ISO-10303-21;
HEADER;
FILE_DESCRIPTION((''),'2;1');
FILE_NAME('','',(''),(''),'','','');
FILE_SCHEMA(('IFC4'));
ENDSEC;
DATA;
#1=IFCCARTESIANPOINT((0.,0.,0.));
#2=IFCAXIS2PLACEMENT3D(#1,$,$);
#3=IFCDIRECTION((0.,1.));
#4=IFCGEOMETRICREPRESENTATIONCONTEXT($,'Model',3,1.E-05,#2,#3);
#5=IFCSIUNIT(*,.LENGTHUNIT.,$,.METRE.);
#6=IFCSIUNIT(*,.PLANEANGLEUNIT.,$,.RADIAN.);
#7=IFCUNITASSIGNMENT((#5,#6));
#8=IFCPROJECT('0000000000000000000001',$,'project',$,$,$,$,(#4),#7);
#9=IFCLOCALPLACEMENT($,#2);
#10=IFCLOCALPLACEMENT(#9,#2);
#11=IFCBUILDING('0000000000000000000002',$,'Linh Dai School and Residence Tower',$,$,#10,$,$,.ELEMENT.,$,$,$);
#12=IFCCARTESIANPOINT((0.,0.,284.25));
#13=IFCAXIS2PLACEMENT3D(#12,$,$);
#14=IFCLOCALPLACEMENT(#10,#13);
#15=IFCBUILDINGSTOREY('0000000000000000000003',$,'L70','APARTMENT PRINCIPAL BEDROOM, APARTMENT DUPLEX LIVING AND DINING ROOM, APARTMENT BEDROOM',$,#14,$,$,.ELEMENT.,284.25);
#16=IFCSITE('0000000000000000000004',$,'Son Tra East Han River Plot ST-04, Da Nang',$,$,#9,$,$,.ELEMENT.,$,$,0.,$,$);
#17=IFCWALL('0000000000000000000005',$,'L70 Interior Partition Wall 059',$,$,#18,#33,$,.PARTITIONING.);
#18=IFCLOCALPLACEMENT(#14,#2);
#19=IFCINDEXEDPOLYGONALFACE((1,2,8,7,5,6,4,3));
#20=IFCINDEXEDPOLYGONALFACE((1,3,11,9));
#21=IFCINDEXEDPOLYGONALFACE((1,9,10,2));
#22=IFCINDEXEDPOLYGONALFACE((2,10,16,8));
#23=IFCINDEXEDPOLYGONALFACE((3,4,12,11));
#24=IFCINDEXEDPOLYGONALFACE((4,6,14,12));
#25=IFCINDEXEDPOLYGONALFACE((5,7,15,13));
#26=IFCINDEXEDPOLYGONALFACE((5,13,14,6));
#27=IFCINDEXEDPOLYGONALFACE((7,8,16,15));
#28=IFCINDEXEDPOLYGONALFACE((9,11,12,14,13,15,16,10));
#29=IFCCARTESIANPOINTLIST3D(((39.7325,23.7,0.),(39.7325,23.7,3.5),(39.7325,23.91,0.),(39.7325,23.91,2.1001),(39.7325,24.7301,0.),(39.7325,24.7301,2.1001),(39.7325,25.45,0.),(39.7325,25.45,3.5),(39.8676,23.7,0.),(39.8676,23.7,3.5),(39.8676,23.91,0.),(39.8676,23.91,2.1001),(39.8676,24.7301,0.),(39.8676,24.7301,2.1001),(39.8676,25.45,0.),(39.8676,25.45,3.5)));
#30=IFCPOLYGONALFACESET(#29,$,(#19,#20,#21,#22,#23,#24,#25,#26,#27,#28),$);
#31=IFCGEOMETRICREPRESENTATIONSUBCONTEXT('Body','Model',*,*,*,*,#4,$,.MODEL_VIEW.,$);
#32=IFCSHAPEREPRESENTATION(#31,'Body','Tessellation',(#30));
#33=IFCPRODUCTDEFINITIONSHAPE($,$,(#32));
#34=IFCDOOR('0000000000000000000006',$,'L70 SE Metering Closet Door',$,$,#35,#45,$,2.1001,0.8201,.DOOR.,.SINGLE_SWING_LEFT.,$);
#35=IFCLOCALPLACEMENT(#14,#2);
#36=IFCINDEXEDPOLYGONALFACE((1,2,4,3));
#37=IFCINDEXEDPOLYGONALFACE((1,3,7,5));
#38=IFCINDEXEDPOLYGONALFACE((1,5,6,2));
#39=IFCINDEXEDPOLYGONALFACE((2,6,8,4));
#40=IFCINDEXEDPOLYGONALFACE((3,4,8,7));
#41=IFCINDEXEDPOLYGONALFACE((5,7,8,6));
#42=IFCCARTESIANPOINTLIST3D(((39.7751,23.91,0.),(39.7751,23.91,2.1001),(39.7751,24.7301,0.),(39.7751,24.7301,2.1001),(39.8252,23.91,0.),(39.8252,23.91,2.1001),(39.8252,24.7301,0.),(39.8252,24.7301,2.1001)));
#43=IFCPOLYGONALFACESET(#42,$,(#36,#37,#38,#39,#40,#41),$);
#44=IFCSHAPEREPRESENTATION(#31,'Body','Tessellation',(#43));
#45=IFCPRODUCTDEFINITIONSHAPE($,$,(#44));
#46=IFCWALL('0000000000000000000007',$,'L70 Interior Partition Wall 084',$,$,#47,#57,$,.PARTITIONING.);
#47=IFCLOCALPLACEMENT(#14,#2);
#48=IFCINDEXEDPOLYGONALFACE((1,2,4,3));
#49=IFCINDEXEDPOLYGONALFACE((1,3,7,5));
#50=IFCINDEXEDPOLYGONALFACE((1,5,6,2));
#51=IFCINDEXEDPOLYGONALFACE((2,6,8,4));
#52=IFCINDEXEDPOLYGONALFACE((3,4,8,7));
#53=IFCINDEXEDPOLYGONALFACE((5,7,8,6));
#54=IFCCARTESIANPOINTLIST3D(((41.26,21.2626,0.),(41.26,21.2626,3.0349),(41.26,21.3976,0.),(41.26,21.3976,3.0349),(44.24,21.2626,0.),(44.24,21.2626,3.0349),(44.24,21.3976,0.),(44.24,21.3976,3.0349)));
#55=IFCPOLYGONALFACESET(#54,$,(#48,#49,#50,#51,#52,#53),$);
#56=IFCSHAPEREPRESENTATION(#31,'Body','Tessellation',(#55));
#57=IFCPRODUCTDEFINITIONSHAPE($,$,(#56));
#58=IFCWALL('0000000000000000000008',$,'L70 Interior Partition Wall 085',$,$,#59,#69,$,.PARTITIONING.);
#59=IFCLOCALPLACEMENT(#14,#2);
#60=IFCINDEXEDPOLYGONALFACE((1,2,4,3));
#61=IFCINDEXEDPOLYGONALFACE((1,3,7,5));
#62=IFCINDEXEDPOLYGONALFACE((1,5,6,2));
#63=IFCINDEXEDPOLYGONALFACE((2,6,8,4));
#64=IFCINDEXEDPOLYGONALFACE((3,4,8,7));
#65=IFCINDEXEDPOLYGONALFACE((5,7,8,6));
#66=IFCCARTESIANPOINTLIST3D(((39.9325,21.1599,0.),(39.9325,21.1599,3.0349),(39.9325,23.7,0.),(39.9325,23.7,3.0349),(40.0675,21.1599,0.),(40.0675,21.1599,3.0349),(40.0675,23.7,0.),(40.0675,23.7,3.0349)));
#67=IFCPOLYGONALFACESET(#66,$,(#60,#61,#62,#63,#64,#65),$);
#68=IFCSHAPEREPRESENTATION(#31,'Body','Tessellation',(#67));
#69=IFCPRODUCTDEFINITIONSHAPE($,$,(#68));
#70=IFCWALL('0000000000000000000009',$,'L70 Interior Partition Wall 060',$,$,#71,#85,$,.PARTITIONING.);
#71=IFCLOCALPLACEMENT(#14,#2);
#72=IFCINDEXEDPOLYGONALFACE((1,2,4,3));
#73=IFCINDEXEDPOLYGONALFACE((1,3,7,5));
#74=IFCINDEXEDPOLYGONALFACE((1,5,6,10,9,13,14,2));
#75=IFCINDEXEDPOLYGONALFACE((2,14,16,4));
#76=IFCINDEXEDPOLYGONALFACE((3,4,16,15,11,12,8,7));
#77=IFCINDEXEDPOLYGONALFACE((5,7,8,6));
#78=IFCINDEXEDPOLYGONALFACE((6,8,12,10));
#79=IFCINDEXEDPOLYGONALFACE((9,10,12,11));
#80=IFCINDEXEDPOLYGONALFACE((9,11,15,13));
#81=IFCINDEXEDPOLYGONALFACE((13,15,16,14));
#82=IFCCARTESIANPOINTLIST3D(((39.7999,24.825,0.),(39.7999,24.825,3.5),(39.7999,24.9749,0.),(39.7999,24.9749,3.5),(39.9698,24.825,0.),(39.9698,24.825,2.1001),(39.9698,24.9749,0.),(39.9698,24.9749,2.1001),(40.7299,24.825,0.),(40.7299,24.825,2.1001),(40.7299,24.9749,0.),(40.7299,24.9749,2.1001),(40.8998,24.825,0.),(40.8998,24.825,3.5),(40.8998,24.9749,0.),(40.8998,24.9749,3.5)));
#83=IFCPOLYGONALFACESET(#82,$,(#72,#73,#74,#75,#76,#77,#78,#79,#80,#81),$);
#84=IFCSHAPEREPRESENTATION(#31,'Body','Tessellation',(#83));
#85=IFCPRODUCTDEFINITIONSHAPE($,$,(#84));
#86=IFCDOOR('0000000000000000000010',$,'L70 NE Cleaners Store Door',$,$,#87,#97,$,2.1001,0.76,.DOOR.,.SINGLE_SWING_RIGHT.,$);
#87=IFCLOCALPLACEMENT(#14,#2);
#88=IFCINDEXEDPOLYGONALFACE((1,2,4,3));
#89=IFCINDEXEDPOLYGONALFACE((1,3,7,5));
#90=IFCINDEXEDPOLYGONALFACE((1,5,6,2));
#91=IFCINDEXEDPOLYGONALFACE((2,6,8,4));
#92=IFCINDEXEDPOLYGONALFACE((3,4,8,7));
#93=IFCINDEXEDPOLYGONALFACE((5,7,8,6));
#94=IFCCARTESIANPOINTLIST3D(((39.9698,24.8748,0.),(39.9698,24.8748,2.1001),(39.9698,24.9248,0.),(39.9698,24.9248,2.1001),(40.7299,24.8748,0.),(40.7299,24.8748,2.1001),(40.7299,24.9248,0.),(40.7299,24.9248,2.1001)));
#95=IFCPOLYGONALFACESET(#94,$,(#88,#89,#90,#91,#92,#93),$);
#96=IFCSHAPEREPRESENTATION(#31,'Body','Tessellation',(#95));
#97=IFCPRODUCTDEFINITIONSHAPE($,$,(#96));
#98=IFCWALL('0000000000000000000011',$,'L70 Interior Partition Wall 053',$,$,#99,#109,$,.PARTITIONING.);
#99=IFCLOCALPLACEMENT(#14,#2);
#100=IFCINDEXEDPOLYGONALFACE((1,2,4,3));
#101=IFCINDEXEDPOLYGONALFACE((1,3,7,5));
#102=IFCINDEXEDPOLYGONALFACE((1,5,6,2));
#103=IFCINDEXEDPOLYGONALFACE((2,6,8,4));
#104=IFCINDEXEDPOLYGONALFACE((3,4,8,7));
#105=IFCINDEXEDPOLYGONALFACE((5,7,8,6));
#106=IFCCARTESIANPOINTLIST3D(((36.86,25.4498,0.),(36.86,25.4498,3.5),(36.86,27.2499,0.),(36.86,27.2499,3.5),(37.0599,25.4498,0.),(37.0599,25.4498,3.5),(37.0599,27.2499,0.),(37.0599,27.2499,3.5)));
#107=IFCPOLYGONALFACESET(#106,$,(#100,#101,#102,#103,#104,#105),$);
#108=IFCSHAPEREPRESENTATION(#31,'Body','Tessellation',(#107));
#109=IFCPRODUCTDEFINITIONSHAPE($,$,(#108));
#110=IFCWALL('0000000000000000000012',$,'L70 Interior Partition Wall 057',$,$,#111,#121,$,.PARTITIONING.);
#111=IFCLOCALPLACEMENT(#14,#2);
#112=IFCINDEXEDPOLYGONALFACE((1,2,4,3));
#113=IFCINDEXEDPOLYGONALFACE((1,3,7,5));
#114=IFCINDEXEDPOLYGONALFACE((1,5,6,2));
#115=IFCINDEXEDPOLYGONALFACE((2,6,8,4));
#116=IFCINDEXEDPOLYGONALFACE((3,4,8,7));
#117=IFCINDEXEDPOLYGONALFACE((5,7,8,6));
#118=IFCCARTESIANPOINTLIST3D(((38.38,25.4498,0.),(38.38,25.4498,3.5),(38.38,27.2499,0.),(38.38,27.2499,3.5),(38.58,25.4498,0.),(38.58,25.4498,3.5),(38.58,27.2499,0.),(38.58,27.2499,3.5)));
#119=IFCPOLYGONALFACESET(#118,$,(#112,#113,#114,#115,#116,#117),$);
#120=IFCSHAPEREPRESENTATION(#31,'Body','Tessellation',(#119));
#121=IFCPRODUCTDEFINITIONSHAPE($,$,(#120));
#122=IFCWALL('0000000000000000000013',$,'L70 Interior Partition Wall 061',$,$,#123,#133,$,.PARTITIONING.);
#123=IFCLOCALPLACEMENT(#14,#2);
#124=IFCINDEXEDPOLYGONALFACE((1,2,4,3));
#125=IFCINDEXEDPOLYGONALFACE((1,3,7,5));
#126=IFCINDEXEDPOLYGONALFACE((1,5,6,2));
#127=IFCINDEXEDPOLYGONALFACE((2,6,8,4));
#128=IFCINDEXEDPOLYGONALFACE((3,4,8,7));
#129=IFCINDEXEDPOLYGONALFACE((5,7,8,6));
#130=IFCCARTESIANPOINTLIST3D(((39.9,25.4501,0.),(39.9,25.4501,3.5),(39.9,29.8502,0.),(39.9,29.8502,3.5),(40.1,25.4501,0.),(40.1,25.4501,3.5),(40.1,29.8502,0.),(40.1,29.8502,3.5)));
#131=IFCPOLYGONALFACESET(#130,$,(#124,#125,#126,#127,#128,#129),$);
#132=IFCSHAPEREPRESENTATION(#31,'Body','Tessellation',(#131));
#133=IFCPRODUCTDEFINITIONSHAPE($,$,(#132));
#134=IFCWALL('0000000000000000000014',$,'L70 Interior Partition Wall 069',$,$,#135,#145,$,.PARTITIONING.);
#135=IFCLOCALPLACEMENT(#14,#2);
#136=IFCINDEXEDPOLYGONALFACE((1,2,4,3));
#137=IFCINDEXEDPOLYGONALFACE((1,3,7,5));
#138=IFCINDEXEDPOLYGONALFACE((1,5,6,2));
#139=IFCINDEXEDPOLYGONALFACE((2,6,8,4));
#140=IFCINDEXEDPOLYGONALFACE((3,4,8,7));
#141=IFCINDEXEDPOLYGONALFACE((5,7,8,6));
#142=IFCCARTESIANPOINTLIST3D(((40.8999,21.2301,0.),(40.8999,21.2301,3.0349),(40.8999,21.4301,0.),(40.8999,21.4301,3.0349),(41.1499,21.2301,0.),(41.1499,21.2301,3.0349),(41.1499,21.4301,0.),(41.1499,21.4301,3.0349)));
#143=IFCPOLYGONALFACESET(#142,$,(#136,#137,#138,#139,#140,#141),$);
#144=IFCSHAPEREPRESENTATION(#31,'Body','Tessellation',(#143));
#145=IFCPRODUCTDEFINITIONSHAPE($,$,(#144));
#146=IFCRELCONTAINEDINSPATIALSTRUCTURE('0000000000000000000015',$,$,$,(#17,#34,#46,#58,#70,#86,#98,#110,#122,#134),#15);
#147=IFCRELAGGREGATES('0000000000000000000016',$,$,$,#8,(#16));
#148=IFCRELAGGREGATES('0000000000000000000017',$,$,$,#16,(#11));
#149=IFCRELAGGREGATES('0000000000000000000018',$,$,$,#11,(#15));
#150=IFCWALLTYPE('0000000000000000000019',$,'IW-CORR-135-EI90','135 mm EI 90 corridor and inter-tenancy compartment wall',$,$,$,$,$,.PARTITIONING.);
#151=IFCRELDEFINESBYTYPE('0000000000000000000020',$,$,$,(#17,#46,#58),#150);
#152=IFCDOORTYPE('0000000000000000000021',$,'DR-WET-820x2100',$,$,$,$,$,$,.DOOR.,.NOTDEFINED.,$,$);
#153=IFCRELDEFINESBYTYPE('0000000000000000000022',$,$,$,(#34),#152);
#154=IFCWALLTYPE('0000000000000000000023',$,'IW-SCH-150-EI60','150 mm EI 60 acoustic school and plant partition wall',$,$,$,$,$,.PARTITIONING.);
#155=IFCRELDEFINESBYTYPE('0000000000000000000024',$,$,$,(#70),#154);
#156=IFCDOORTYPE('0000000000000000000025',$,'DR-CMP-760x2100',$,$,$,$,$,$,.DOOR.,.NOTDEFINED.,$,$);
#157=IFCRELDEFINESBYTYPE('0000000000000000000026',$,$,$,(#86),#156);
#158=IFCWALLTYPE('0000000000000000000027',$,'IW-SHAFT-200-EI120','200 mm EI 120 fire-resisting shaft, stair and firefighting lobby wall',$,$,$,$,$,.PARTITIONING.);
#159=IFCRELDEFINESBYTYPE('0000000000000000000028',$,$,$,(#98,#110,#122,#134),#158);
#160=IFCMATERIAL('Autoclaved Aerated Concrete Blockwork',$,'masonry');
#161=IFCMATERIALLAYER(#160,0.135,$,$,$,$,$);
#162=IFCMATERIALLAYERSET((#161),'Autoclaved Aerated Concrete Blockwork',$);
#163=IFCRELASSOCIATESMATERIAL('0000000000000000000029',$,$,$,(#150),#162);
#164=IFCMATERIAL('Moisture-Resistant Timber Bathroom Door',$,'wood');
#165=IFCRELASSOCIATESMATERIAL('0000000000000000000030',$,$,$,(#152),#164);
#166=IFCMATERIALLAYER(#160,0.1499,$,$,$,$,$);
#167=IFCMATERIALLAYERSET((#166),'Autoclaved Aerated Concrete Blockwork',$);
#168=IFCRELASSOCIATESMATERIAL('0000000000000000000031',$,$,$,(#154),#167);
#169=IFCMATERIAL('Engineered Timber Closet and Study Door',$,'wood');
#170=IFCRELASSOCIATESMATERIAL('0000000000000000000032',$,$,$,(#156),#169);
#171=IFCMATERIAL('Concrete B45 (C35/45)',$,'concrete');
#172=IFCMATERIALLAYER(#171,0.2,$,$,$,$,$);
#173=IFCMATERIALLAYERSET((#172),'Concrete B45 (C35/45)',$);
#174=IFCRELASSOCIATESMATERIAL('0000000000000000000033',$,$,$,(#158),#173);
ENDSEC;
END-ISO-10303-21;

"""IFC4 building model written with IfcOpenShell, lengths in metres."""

from ifc_helpers import new_model, si_unit, direction, frame, frame_2d, origin, origin_2d, place, context, subcontext, project, spatial, rectangle, extrude, source, transform, mapped, material, layer, layer_set, type_object, element, fill, save


model = new_model("IFC4")

# Units and contexts
model_context = context("Model", 3, precision=1e-05, world=origin(), true_north=direction((0.0, 1.0)))
body_context = subcontext(model_context, "Body", "Model", "MODEL_VIEW")
ifc_project = project(units=[si_unit("LENGTHUNIT", "METRE"), si_unit("PLANEANGLEUNIT", "RADIAN")], contexts=[model_context])

# Site, building, storey
site_placement = place(None, origin())
site = spatial("IfcSite", under=ifc_project, at=site_placement, Name="Son Tra East Han River Plot ST-04, Da Nang", CompositionType="ELEMENT", RefElevation=0.0)
building_placement = place(site_placement, origin())
building = spatial("IfcBuilding", under=site, at=building_placement, Name="Linh Dai School and Residence Tower", CompositionType="ELEMENT")
storey_placement = place(building_placement, frame((0.0, 0.0, 284.25)))
storey = spatial("IfcBuildingStorey", under=building, at=storey_placement, Name="L70", Description="APARTMENT PRINCIPAL BEDROOM, APARTMENT DUPLEX LIVING AND DINING ROOM, APARTMENT BEDROOM", CompositionType="ELEMENT", Elevation=284.25)

# Wall, opening, door
ifc_material_1 = material(Name="Autoclaved Aerated Concrete Blockwork", Category="masonry")
ifc_layer_1 = layer(ifc_material_1, 0.135)
ifc_layer_set_1 = layer_set([ifc_layer_1], Name="Autoclaved Aerated Concrete Blockwork")
wall_type_1 = type_object("IfcWallType", Name="IW-CORR-135-EI90", Description="135 mm EI 90 corridor and inter-tenancy compartment wall", PredefinedType="PARTITIONING", material=ifc_layer_set_1)
wall_1_placement = place(storey_placement, frame((39.8, 23.7, 0.0), z_axis=(0.0, 0.0, 1.0), x_axis=(0.0, 1.0, 0.0)))
wall_1 = element("IfcWall", 1, at=wall_1_placement, inside=storey, type_object=wall_type_1, Name="L70 Interior Partition Wall 059", PredefinedType="PARTITIONING", context=body_context, shape_type="SweptSolid", body=[
    extrude(rectangle(XDim=1.75, YDim=0.135, at=frame_2d((0.875, 0.0))), origin(), (0.0, 0.0, 1.0), 3.5),
])
opening_1_placement = place(wall_1_placement, frame((0.21, 0.0, 0.0)))
opening_1 = element("IfcOpeningElement", 2, at=opening_1_placement, cuts=wall_1, PredefinedType="OPENING", context=body_context, shape_type="SweptSolid", body=[
    extrude(rectangle(XDim=0.8201, YDim=2.1001, at=origin_2d()), frame((0.4102, 0.0776, 1.05), z_axis=(0.0, -1.0, 0.0), x_axis=(1.0, 0.0, 0.0)), (0.0, 0.0, 1.0), 0.155),
])
ifc_material_2 = material(Name="Moisture-Resistant Timber Bathroom Door", Category="wood")
door_type_1 = type_object("IfcDoorType", Name="DR-WET-820x2100", OperationType="NOTDEFINED", PredefinedType="DOOR", material=ifc_material_2)
shared_shape_1 = source(origin(), body_context, "Body", "SweptSolid", [
    extrude(rectangle(XDim=0.8201, YDim=2.1001, at=origin_2d()), frame((0.4102, 0.0249, 1.05), z_axis=(0.0, -1.0, 0.0), x_axis=(1.0, 0.0, 0.0)), (0.0, 0.0, 1.0), 0.05),
])
door_1_placement = place(opening_1_placement, origin())
door_1 = element("IfcDoor", 3, at=door_1_placement, inside=storey, type_object=door_type_1, Name="L70 SE Metering Closet Door", OperationType="SINGLE_SWING_LEFT", OverallHeight=2.1001, OverallWidth=0.8201, PredefinedType="DOOR", context=body_context, shape_type="MappedRepresentation", body=[
    mapped(shared_shape_1, transform((0.0, 0.0, 0.0), x_axis=(1.0, 0.0, 0.0), y_axis=(0.0, 1.0, 0.0), z_axis=(0.0, 0.0, 1.0), scale=1.0)),
])
fill(opening_1, door_1)

# Walls
wall_2_placement = place(storey_placement, frame((44.24, 21.3301, 0.0), z_axis=(0.0, 0.0, 1.0), x_axis=(-1.0, 0.0, 0.0)))
element("IfcWall", 4, at=wall_2_placement, inside=storey, type_object=wall_type_1, Name="L70 Interior Partition Wall 084", PredefinedType="PARTITIONING", context=body_context, shape_type="SweptSolid", body=[
    extrude(rectangle(XDim=2.98, YDim=0.135, at=frame_2d((1.49, 0.0))), origin(), (0.0, 0.0, 1.0), 3.0349),
])
wall_3_placement = place(storey_placement, frame((40.0, 23.7, 0.0), z_axis=(0.0, 0.0, 1.0), x_axis=(0.0, -1.0, 0.0)))
element("IfcWall", 5, at=wall_3_placement, inside=storey, type_object=wall_type_1, Name="L70 Interior Partition Wall 085", PredefinedType="PARTITIONING", context=body_context, shape_type="SweptSolid", body=[
    extrude(rectangle(XDim=2.54, YDim=0.135, at=frame_2d((1.27, 0.0))), origin(), (0.0, 0.0, 1.0), 3.0349),
])

# Wall, opening, door
ifc_layer_2 = layer(ifc_material_1, 0.1499)
ifc_layer_set_2 = layer_set([ifc_layer_2], Name="Autoclaved Aerated Concrete Blockwork")
wall_type_2 = type_object("IfcWallType", Name="IW-SCH-150-EI60", Description="150 mm EI 60 acoustic school and plant partition wall", PredefinedType="PARTITIONING", material=ifc_layer_set_2)
wall_4_placement = place(storey_placement, frame((39.8, 24.8999, 0.0), z_axis=(0.0, 0.0, 1.0), x_axis=(1.0, 0.0, 0.0)))
wall_4 = element("IfcWall", 6, at=wall_4_placement, inside=storey, type_object=wall_type_2, Name="L70 Interior Partition Wall 060", PredefinedType="PARTITIONING", context=body_context, shape_type="SweptSolid", body=[
    extrude(rectangle(XDim=1.0999, YDim=0.1499, at=frame_2d((0.5498, 0.0))), origin(), (0.0, 0.0, 1.0), 3.5),
])
opening_2_placement = place(wall_4_placement, frame((0.1699, 0.0, 0.0)))
opening_2 = element("IfcOpeningElement", 7, at=opening_2_placement, cuts=wall_4, PredefinedType="OPENING", context=body_context, shape_type="SweptSolid", body=[
    extrude(rectangle(XDim=0.76, YDim=2.1001, at=origin_2d()), frame((0.3799, 0.085, 1.05), z_axis=(0.0, -1.0, 0.0), x_axis=(1.0, 0.0, 0.0)), (0.0, 0.0, 1.0), 0.1699),
])
ifc_material_3 = material(Name="Engineered Timber Closet and Study Door", Category="wood")
door_type_2 = type_object("IfcDoorType", Name="DR-CMP-760x2100", OperationType="NOTDEFINED", PredefinedType="DOOR", material=ifc_material_3)
shared_shape_2 = source(origin(), body_context, "Body", "SweptSolid", [
    extrude(rectangle(XDim=0.76, YDim=2.1001, at=origin_2d()), frame((0.3799, 0.0249, 1.05), z_axis=(0.0, -1.0, 0.0), x_axis=(1.0, 0.0, 0.0)), (0.0, 0.0, 1.0), 0.05),
])
door_2_placement = place(opening_2_placement, origin())
door_2 = element("IfcDoor", 8, at=door_2_placement, inside=storey, type_object=door_type_2, Name="L70 NE Cleaners Store Door", OperationType="SINGLE_SWING_RIGHT", OverallHeight=2.1001, OverallWidth=0.76, PredefinedType="DOOR", context=body_context, shape_type="MappedRepresentation", body=[
    mapped(shared_shape_2, transform((0.0, 0.0, 0.0), x_axis=(1.0, 0.0, 0.0), y_axis=(0.0, 1.0, 0.0), z_axis=(0.0, 0.0, 1.0), scale=1.0)),
])
fill(opening_2, door_2)

# Walls
ifc_material_4 = material(Name="Concrete B45 (C35/45)", Category="concrete")
ifc_layer_3 = layer(ifc_material_4, 0.2)
ifc_layer_set_3 = layer_set([ifc_layer_3], Name="Concrete B45 (C35/45)")
wall_type_3 = type_object("IfcWallType", Name="IW-SHAFT-200-EI120", Description="200 mm EI 120 fire-resisting shaft, stair and firefighting lobby wall", PredefinedType="PARTITIONING", material=ifc_layer_set_3)
for number, where, z_axis, x_axis, name in (
    (9, (36.96, 25.45, 0.0), (0.0, 0.0, 1.0), (0.0, 1.0, 0.0), "L70 Interior Partition Wall 053"),
    (10, (38.48, 25.45, 0.0), (0.0, 0.0, 1.0), (0.0, 1.0, 0.0), "L70 Interior Partition Wall 057"),
):
    element("IfcWall", number, at=place(storey_placement, frame(where, z_axis=z_axis, x_axis=x_axis)), inside=storey, type_object=wall_type_3, Name=name, PredefinedType="PARTITIONING", context=body_context, shape_type="SweptSolid", body=[
        extrude(rectangle(XDim=1.8, YDim=0.2, at=frame_2d((0.8999, 0.0))), origin(), (0.0, 0.0, 1.0), 3.5),
    ])
wall_5_placement = place(storey_placement, frame((40.0, 25.45, 0.0), z_axis=(0.0, 0.0, 1.0), x_axis=(0.0, 1.0, 0.0)))
element("IfcWall", 11, at=wall_5_placement, inside=storey, type_object=wall_type_3, Name="L70 Interior Partition Wall 061", PredefinedType="PARTITIONING", context=body_context, shape_type="SweptSolid", body=[
    extrude(rectangle(XDim=4.4001, YDim=0.2, at=frame_2d((2.2002, 0.0))), origin(), (0.0, 0.0, 1.0), 3.5),
])
wall_6_placement = place(storey_placement, frame((40.8999, 21.3301, 0.0), z_axis=(0.0, 0.0, 1.0), x_axis=(1.0, 0.0, 0.0)))
element("IfcWall", 12, at=wall_6_placement, inside=storey, type_object=wall_type_3, Name="L70 Interior Partition Wall 069", PredefinedType="PARTITIONING", context=body_context, shape_type="SweptSolid", body=[
    extrude(rectangle(XDim=0.25, YDim=0.2, at=frame_2d((0.125, 0.0))), origin(), (0.0, 0.0, 1.0), 3.0349),
])

save(model, "model.ifc")
